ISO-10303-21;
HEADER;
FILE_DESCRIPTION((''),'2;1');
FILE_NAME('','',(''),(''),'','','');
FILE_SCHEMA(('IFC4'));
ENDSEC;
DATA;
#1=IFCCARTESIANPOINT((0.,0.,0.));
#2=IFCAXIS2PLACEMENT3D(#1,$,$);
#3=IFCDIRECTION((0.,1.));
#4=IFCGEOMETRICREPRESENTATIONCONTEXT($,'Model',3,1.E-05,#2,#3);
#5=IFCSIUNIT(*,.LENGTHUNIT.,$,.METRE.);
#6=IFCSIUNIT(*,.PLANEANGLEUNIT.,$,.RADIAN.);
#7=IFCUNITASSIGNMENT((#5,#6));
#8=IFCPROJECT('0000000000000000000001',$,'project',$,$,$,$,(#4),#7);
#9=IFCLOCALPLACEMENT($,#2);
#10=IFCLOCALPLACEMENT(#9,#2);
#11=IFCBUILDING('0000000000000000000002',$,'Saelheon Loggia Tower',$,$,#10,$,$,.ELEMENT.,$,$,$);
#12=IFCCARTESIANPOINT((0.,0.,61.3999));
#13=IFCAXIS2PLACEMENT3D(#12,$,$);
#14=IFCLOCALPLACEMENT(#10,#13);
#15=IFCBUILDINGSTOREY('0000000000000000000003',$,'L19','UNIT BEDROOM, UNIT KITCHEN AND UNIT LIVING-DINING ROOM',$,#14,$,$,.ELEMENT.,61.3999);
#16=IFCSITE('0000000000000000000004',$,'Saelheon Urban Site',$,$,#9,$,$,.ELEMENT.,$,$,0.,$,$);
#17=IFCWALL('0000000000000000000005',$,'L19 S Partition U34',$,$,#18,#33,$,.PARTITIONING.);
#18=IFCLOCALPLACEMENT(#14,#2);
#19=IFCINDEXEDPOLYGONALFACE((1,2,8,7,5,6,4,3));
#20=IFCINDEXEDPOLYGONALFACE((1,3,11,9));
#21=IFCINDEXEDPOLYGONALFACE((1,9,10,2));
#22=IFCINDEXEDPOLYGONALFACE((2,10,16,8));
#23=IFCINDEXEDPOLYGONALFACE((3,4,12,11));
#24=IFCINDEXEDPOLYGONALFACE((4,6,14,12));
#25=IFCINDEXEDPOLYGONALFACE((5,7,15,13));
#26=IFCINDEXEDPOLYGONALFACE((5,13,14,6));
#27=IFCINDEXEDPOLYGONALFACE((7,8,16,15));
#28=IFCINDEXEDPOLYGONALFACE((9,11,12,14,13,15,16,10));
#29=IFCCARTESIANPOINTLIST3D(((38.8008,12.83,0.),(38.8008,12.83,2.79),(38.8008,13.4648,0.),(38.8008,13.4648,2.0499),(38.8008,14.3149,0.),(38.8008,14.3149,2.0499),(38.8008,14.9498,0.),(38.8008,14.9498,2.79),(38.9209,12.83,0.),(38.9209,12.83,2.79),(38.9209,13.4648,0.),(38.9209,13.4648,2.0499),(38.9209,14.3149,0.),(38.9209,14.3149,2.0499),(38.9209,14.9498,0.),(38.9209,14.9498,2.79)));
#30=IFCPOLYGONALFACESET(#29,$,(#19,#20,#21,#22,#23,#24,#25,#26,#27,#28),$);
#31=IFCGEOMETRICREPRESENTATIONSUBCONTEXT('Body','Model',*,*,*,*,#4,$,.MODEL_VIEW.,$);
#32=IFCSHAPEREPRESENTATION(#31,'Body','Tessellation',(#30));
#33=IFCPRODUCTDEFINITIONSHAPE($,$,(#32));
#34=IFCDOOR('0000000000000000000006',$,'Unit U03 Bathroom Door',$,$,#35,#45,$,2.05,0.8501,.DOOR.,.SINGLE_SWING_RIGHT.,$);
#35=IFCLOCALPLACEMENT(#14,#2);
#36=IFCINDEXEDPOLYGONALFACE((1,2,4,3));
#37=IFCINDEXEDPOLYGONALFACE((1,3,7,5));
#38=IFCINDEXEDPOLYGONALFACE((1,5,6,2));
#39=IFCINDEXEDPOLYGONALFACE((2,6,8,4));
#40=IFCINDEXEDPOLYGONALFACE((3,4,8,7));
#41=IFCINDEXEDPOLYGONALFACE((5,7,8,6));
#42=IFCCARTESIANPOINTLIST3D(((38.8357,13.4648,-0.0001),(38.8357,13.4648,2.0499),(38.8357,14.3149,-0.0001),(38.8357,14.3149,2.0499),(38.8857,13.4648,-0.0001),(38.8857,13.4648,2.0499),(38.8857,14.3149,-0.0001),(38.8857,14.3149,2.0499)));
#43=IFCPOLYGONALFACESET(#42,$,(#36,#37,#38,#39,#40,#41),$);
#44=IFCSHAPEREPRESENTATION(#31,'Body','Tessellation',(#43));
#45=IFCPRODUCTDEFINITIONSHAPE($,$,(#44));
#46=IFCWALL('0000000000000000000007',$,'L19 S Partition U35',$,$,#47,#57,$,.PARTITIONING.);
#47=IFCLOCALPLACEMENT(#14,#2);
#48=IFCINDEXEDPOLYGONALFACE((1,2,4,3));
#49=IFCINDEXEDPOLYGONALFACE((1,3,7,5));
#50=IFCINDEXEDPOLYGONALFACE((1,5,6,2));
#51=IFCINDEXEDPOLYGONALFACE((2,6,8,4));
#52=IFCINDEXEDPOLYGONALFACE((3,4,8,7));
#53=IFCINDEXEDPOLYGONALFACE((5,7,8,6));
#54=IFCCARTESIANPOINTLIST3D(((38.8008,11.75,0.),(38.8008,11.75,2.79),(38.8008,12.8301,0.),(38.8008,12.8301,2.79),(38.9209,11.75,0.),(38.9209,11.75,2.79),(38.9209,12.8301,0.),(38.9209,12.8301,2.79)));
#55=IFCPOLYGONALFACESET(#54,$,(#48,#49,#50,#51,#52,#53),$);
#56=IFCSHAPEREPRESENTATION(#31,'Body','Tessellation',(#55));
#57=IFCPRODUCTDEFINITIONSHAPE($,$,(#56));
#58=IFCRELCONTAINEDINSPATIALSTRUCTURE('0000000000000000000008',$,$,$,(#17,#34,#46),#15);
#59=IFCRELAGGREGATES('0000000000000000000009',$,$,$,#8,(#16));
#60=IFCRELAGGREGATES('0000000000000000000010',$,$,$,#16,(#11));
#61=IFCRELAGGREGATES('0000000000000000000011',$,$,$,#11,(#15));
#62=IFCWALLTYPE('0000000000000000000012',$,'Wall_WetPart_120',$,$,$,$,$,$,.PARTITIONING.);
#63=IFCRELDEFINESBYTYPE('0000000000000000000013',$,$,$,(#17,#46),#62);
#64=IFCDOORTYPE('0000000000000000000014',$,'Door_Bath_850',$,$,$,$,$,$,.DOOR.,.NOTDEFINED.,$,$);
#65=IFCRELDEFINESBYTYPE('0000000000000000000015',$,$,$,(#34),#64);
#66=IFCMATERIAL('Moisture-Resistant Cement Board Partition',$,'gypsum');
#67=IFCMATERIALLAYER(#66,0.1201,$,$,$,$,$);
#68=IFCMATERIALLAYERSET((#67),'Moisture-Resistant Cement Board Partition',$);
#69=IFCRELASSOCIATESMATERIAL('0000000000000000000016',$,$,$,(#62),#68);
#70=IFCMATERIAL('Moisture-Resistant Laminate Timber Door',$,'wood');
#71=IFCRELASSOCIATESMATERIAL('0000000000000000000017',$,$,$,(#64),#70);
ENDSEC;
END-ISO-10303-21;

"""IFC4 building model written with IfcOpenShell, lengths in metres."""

from ifc_helpers import new_model, si_unit, direction, frame, frame_2d, origin, place, context, subcontext, project, spatial, rectangle, extrude, source, transform, mapped, material, layer, layer_set, type_object, element, fill, save


model = new_model("IFC4")

# Units and contexts
model_context = context("Model", 3, precision=1e-05, world=origin(), true_north=direction((0.0, 1.0)))
body_context = subcontext(model_context, "Body", "Model", "MODEL_VIEW")
ifc_project = project(units=[si_unit("LENGTHUNIT", "METRE"), si_unit("PLANEANGLEUNIT", "RADIAN")], contexts=[model_context])

# Site, building, storey
site_placement = place(None, origin())
site = spatial("IfcSite", under=ifc_project, at=site_placement, Name="Saelheon Urban Site", CompositionType="ELEMENT", RefElevation=0.0)
building_placement = place(site_placement, origin())
building = spatial("IfcBuilding", under=site, at=building_placement, Name="Saelheon Loggia Tower", CompositionType="ELEMENT")
storey_placement = place(building_placement, frame((0.0, 0.0, 61.3999)))
storey = spatial("IfcBuildingStorey", under=building, at=storey_placement, Name="L19", Description="UNIT BEDROOM, UNIT KITCHEN AND UNIT LIVING-DINING ROOM", CompositionType="ELEMENT", Elevation=61.3999)

# Shared definitions
ifc_material_1 = material(Name="Moisture-Resistant Cement Board Partition", Category="gypsum")
ifc_layer_1 = layer(ifc_material_1, 0.1201)
ifc_layer_set_1 = layer_set([ifc_layer_1], Name="Moisture-Resistant Cement Board Partition")
wall_type_1 = type_object("IfcWallType", Name="Wall_WetPart_120", PredefinedType="PARTITIONING", material=ifc_layer_set_1)

# Wall, opening, door
wall_1_placement = place(storey_placement, frame((38.8608, 14.95, 0.0), z_axis=(0.0, 0.0, 1.0), x_axis=(0.0, -1.0, 0.0)))
wall_1 = element("IfcWall", 1, at=wall_1_placement, inside=storey, type_object=wall_type_1, Name="L19 S Partition U34", PredefinedType="PARTITIONING", context=body_context, shape_type="SweptSolid", body=[
    extrude(rectangle(XDim=2.1199, YDim=0.1201, at=frame_2d((1.0601, 0.0))), origin(), (0.0, 0.0, 1.0), 2.79),
])
opening_1_placement = place(wall_1_placement, frame((0.635, 0.0, 0.0)))
opening_1 = element("IfcOpeningElement", 2, at=opening_1_placement, cuts=wall_1, PredefinedType="OPENING", context=body_context, shape_type="SweptSolid", body=[
    extrude(rectangle(XDim=0.8501, YDim=2.05, at=frame_2d((0.425, 1.0249))), frame((0.0, 0.072, 0.0), z_axis=(0.0, -1.0, 0.0), x_axis=(1.0, 0.0, 0.0)), (0.0, 0.0, 1.0), 0.144),
])
ifc_material_2 = material(Name="Moisture-Resistant Laminate Timber Door", Category="wood")
door_type_1 = type_object("IfcDoorType", Name="Door_Bath_850", OperationType="NOTDEFINED", PredefinedType="DOOR", material=ifc_material_2)
shared_shape_1 = source(origin(), body_context, "Body", "SweptSolid", [
    extrude(rectangle(XDim=0.8501, YDim=2.05, at=frame_2d((0.425, 1.0249))), frame((0.0, 0.0249, 0.0), z_axis=(0.0, -1.0, 0.0), x_axis=(1.0, 0.0, 0.0)), (0.0, 0.0, 1.0), 0.05),
])
door_1_placement = place(opening_1_placement, origin())
door_1 = element("IfcDoor", 3, at=door_1_placement, inside=storey, type_object=door_type_1, Name="Unit U03 Bathroom Door", OperationType="SINGLE_SWING_RIGHT", OverallHeight=2.05, OverallWidth=0.8501, PredefinedType="DOOR", context=body_context, shape_type="MappedRepresentation", body=[
    mapped(shared_shape_1, transform((0.0, 0.0, 0.0), scale=1.0)),
])
fill(opening_1, door_1)

# Wall
wall_2_placement = place(storey_placement, frame((38.8608, 12.8301, 0.0), z_axis=(0.0, 0.0, 1.0), x_axis=(0.0, -1.0, 0.0)))
element("IfcWall", 4, at=wall_2_placement, inside=storey, type_object=wall_type_1, Name="L19 S Partition U35", PredefinedType="PARTITIONING", context=body_context, shape_type="SweptSolid", body=[
    extrude(rectangle(XDim=1.0801, YDim=0.1201, at=frame_2d((0.54, 0.0))), origin(), (0.0, 0.0, 1.0), 2.79),
])

save(model, "model.ifc")
